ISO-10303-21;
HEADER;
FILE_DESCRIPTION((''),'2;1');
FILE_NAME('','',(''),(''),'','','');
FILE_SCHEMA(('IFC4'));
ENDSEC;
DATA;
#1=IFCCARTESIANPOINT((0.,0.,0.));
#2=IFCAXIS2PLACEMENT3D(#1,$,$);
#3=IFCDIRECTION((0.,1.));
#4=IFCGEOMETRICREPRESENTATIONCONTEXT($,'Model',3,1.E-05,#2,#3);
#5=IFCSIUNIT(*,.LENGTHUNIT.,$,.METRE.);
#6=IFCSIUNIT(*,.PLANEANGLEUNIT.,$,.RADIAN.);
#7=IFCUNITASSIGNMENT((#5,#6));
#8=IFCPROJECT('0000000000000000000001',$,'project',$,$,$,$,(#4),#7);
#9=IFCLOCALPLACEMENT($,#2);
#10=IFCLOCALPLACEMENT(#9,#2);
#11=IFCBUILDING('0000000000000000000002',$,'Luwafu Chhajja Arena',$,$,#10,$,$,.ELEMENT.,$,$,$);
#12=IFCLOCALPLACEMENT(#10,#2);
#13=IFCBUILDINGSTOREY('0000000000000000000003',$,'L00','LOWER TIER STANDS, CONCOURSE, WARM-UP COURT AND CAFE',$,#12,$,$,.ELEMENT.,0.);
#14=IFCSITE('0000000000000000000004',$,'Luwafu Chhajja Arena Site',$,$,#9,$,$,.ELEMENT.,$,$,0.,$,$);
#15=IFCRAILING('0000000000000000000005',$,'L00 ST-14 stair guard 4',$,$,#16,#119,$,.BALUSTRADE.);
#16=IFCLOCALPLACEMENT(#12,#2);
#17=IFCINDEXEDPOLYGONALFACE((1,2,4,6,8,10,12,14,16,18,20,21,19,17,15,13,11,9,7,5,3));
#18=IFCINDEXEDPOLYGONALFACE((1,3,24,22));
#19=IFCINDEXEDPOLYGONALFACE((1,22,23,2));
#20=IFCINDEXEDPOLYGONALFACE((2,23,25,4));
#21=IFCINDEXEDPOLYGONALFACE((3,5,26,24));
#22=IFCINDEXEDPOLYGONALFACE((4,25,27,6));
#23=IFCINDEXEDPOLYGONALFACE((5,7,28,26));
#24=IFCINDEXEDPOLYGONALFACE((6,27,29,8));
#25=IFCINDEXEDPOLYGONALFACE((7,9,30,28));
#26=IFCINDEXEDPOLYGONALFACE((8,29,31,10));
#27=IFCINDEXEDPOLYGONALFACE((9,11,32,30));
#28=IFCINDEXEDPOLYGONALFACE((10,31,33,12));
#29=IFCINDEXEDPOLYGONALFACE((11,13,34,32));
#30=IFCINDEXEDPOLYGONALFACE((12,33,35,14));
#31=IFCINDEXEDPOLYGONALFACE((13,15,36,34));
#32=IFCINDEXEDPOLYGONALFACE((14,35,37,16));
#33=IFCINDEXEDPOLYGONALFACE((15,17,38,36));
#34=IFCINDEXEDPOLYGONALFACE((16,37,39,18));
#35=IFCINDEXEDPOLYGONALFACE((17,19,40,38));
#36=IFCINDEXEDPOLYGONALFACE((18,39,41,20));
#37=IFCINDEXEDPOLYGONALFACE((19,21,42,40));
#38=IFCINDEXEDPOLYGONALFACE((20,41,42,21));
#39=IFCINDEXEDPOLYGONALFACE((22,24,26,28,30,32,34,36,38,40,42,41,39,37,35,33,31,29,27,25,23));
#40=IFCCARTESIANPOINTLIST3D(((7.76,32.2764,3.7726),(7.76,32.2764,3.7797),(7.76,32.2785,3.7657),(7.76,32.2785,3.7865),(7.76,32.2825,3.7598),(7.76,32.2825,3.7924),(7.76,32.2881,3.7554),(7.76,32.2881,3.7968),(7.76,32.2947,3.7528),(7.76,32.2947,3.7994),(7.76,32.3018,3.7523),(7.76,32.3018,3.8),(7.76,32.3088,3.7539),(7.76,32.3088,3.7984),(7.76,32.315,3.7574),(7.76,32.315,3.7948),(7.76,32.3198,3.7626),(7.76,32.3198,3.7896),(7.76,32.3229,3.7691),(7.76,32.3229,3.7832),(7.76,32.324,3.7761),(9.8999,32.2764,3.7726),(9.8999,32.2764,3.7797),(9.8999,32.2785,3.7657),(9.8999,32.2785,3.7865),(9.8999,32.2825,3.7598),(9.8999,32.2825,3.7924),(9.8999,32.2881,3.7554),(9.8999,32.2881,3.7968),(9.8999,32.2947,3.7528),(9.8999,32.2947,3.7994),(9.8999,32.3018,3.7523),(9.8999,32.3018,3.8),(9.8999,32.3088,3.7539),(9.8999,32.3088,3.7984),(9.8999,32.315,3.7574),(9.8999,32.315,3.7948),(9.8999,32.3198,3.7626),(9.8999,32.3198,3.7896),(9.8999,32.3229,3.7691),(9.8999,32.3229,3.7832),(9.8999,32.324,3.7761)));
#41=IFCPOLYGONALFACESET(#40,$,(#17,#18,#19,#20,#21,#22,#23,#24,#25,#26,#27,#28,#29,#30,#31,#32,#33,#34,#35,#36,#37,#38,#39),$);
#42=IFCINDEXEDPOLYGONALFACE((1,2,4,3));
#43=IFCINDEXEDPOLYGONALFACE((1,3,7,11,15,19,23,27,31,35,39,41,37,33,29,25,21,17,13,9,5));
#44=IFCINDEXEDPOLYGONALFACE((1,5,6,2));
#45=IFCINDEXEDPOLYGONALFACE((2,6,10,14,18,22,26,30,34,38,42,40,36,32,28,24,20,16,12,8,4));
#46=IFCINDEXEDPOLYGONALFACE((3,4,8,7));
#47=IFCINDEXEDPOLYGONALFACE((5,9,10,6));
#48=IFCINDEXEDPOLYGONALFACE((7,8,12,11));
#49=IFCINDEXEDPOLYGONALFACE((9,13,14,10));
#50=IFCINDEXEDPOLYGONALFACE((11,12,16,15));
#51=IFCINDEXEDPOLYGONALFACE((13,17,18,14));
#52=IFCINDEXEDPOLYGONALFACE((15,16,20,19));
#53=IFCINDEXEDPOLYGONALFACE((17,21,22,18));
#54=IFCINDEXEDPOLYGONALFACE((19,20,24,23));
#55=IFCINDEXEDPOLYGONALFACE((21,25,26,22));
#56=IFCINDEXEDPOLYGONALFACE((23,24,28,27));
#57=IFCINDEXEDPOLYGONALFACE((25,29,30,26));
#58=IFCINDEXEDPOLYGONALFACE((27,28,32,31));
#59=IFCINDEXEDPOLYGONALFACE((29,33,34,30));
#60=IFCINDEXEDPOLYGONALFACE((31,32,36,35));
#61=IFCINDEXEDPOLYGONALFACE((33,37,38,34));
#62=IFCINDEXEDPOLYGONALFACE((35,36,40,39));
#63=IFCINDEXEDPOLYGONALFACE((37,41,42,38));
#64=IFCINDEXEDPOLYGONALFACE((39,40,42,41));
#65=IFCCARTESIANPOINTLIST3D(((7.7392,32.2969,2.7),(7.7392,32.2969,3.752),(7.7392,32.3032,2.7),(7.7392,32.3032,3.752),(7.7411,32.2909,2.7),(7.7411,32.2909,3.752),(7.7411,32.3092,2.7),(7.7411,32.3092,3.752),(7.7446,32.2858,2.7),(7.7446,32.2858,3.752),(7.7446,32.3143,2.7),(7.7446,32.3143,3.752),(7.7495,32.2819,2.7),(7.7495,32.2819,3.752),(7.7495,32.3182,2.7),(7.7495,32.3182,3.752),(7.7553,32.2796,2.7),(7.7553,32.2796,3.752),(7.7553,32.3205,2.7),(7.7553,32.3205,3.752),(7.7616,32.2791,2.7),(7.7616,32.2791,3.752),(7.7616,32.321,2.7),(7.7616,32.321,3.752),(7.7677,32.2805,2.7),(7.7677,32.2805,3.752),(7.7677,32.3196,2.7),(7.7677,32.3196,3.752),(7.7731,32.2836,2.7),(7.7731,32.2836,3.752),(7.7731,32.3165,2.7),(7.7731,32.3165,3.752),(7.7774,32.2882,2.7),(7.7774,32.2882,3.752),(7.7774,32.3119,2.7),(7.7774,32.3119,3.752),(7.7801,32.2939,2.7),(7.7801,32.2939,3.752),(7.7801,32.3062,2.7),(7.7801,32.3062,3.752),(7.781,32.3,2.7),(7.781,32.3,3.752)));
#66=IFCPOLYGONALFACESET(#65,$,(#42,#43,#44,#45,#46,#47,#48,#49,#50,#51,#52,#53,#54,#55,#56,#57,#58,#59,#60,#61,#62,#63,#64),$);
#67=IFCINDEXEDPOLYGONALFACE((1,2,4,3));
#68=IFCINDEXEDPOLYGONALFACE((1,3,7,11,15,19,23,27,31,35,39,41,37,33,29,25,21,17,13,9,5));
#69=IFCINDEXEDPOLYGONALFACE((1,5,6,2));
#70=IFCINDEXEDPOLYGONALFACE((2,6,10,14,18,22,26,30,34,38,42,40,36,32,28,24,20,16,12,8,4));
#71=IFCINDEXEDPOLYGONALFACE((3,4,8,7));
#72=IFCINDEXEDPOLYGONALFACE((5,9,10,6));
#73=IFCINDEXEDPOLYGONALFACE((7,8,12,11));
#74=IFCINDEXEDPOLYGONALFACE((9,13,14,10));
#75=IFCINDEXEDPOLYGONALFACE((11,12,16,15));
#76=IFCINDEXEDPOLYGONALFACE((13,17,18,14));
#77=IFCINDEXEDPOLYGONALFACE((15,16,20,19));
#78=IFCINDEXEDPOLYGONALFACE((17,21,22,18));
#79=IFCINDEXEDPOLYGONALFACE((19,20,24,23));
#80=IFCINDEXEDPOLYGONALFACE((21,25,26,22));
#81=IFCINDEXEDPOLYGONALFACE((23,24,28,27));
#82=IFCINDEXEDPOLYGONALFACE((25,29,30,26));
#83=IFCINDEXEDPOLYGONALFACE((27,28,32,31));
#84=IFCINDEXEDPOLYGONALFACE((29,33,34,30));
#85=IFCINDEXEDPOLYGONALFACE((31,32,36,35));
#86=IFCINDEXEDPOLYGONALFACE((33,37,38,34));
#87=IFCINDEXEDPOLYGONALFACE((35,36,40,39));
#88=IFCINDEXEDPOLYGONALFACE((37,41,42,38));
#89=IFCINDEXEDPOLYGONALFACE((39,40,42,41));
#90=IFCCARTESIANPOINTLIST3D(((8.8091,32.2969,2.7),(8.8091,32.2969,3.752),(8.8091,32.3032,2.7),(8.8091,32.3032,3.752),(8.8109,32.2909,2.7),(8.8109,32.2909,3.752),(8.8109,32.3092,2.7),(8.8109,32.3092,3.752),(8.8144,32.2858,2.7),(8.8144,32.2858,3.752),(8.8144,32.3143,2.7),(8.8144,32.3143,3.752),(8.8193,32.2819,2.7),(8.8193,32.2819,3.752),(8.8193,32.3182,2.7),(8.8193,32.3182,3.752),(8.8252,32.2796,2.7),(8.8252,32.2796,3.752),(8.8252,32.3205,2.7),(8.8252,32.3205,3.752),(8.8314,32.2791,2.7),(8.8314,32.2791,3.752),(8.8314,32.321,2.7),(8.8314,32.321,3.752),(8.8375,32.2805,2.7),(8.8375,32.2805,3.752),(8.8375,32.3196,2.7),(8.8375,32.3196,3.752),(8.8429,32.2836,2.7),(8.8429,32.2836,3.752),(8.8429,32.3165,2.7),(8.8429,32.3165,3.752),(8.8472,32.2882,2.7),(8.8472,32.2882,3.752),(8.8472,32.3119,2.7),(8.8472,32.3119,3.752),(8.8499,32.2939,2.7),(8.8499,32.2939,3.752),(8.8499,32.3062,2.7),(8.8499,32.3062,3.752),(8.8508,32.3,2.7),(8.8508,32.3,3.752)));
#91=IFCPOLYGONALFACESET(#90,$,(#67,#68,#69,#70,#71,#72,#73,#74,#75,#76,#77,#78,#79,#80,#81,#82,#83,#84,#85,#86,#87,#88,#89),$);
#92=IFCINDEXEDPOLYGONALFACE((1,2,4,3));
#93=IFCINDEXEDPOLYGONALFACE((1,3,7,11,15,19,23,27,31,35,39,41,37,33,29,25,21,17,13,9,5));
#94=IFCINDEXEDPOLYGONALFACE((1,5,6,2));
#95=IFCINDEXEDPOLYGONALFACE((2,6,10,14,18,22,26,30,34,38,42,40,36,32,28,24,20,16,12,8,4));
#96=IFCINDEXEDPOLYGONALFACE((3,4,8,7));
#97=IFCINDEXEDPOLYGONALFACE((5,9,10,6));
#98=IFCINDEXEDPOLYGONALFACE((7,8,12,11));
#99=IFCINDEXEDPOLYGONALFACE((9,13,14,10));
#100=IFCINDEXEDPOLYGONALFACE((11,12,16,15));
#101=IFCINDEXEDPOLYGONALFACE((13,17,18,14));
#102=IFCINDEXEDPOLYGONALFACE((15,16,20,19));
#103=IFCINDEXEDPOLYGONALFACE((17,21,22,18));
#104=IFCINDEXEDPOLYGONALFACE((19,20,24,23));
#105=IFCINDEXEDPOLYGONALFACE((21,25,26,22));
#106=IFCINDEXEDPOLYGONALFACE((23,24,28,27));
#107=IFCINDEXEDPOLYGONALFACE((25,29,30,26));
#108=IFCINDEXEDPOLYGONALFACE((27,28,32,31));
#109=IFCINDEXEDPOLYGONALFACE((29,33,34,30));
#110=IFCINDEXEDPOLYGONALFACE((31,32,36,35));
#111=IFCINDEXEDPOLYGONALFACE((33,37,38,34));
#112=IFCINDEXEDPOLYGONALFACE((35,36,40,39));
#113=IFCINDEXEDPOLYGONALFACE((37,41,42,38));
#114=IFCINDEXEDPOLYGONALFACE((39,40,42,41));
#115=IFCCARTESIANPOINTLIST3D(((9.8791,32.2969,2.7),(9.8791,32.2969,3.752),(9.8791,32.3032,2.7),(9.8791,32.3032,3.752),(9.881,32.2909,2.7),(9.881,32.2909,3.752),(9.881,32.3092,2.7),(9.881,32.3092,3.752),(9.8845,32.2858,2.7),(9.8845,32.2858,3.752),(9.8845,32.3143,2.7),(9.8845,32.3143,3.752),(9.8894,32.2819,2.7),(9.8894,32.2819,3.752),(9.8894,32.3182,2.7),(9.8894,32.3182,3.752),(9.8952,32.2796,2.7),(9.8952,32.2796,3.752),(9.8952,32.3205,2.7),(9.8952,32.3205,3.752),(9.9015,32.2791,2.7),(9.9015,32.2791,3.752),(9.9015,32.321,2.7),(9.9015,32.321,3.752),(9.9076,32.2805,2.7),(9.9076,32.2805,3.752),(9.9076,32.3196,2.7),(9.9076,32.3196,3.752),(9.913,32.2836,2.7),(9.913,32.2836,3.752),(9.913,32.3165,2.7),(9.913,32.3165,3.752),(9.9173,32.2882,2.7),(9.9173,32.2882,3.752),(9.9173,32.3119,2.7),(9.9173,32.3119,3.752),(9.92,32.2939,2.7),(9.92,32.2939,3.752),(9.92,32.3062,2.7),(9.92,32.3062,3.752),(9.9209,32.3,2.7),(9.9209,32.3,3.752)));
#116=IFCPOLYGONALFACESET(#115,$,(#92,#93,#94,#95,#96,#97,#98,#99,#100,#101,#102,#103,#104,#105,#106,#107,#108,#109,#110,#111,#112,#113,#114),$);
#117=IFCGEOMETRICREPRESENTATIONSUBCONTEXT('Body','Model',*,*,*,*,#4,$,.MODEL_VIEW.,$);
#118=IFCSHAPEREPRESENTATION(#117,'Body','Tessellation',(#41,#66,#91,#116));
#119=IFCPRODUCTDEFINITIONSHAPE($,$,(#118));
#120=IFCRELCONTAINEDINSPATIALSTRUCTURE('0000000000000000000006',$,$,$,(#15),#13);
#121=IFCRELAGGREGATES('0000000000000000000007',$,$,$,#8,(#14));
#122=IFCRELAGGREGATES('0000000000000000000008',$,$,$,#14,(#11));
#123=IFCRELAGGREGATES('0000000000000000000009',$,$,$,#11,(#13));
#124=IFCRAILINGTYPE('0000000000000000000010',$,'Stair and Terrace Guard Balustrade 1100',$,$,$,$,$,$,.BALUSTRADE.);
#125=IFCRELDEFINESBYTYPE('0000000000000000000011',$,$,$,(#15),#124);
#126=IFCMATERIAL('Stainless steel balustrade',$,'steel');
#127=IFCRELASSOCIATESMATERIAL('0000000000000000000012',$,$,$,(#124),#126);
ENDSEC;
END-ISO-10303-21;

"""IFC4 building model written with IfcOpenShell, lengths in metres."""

from ifc_helpers import new_model, si_unit, direction, frame, origin, origin_2d, place, context, subcontext, project, spatial, circle, extrude, material, type_object, element, save


model = new_model("IFC4")

# Units and contexts
model_context = context("Model", 3, precision=1e-05, world=origin(), true_north=direction((0.0, 1.0)))
body_context = subcontext(model_context, "Body", "Model", "MODEL_VIEW")
ifc_project = project(units=[si_unit("LENGTHUNIT", "METRE"), si_unit("PLANEANGLEUNIT", "RADIAN")], contexts=[model_context])

# Site, building, storey
site_placement = place(None, origin())
site = spatial("IfcSite", under=ifc_project, at=site_placement, Name="Luwafu Chhajja Arena Site", CompositionType="ELEMENT", RefElevation=0.0)
building_placement = place(site_placement, origin())
building = spatial("IfcBuilding", under=site, at=building_placement, Name="Luwafu Chhajja Arena", CompositionType="ELEMENT")
storey_placement = place(building_placement, origin())
storey = spatial("IfcBuildingStorey", under=building, at=storey_placement, Name="L00", Description="LOWER TIER STANDS, CONCOURSE, WARM-UP COURT AND CAFE", CompositionType="ELEMENT", Elevation=0.0)

# Railing
ifc_material_1 = material(Name="Stainless steel balustrade", Category="steel")
railing_type_1 = type_object("IfcRailingType", Name="Stair and Terrace Guard Balustrade 1100", PredefinedType="BALUSTRADE", material=ifc_material_1)
for number, where, name in (
    (1, (7.76, 32.3, 2.7), "L00 ST-14 stair guard 4"),
):
    element("IfcRailing", number, at=place(storey_placement, frame(where)), inside=storey, type_object=railing_type_1, Name=name, PredefinedType="BALUSTRADE", context=body_context, shape_type="SweptSolid", body=[
        extrude(circle(Radius=0.0239, at=origin_2d()), frame((0.0, 0.0, 1.0762), z_axis=(1.0, 0.0, 0.0), x_axis=(0.0, 1.0, 0.0)), (0.0, 0.0, 1.0), 2.1399),
        extrude(circle(Radius=0.021, at=origin_2d()), origin(), (0.0, 0.0, 1.0), 1.052),
        extrude(circle(Radius=0.021, at=origin_2d()), frame((1.0698, 0.0, 0.0)), (0.0, 0.0, 1.0), 1.052),
        extrude(circle(Radius=0.021, at=origin_2d()), frame((2.1399, 0.0, 0.0)), (0.0, 0.0, 1.0), 1.052),
    ])

save(model, "model.ifc")
